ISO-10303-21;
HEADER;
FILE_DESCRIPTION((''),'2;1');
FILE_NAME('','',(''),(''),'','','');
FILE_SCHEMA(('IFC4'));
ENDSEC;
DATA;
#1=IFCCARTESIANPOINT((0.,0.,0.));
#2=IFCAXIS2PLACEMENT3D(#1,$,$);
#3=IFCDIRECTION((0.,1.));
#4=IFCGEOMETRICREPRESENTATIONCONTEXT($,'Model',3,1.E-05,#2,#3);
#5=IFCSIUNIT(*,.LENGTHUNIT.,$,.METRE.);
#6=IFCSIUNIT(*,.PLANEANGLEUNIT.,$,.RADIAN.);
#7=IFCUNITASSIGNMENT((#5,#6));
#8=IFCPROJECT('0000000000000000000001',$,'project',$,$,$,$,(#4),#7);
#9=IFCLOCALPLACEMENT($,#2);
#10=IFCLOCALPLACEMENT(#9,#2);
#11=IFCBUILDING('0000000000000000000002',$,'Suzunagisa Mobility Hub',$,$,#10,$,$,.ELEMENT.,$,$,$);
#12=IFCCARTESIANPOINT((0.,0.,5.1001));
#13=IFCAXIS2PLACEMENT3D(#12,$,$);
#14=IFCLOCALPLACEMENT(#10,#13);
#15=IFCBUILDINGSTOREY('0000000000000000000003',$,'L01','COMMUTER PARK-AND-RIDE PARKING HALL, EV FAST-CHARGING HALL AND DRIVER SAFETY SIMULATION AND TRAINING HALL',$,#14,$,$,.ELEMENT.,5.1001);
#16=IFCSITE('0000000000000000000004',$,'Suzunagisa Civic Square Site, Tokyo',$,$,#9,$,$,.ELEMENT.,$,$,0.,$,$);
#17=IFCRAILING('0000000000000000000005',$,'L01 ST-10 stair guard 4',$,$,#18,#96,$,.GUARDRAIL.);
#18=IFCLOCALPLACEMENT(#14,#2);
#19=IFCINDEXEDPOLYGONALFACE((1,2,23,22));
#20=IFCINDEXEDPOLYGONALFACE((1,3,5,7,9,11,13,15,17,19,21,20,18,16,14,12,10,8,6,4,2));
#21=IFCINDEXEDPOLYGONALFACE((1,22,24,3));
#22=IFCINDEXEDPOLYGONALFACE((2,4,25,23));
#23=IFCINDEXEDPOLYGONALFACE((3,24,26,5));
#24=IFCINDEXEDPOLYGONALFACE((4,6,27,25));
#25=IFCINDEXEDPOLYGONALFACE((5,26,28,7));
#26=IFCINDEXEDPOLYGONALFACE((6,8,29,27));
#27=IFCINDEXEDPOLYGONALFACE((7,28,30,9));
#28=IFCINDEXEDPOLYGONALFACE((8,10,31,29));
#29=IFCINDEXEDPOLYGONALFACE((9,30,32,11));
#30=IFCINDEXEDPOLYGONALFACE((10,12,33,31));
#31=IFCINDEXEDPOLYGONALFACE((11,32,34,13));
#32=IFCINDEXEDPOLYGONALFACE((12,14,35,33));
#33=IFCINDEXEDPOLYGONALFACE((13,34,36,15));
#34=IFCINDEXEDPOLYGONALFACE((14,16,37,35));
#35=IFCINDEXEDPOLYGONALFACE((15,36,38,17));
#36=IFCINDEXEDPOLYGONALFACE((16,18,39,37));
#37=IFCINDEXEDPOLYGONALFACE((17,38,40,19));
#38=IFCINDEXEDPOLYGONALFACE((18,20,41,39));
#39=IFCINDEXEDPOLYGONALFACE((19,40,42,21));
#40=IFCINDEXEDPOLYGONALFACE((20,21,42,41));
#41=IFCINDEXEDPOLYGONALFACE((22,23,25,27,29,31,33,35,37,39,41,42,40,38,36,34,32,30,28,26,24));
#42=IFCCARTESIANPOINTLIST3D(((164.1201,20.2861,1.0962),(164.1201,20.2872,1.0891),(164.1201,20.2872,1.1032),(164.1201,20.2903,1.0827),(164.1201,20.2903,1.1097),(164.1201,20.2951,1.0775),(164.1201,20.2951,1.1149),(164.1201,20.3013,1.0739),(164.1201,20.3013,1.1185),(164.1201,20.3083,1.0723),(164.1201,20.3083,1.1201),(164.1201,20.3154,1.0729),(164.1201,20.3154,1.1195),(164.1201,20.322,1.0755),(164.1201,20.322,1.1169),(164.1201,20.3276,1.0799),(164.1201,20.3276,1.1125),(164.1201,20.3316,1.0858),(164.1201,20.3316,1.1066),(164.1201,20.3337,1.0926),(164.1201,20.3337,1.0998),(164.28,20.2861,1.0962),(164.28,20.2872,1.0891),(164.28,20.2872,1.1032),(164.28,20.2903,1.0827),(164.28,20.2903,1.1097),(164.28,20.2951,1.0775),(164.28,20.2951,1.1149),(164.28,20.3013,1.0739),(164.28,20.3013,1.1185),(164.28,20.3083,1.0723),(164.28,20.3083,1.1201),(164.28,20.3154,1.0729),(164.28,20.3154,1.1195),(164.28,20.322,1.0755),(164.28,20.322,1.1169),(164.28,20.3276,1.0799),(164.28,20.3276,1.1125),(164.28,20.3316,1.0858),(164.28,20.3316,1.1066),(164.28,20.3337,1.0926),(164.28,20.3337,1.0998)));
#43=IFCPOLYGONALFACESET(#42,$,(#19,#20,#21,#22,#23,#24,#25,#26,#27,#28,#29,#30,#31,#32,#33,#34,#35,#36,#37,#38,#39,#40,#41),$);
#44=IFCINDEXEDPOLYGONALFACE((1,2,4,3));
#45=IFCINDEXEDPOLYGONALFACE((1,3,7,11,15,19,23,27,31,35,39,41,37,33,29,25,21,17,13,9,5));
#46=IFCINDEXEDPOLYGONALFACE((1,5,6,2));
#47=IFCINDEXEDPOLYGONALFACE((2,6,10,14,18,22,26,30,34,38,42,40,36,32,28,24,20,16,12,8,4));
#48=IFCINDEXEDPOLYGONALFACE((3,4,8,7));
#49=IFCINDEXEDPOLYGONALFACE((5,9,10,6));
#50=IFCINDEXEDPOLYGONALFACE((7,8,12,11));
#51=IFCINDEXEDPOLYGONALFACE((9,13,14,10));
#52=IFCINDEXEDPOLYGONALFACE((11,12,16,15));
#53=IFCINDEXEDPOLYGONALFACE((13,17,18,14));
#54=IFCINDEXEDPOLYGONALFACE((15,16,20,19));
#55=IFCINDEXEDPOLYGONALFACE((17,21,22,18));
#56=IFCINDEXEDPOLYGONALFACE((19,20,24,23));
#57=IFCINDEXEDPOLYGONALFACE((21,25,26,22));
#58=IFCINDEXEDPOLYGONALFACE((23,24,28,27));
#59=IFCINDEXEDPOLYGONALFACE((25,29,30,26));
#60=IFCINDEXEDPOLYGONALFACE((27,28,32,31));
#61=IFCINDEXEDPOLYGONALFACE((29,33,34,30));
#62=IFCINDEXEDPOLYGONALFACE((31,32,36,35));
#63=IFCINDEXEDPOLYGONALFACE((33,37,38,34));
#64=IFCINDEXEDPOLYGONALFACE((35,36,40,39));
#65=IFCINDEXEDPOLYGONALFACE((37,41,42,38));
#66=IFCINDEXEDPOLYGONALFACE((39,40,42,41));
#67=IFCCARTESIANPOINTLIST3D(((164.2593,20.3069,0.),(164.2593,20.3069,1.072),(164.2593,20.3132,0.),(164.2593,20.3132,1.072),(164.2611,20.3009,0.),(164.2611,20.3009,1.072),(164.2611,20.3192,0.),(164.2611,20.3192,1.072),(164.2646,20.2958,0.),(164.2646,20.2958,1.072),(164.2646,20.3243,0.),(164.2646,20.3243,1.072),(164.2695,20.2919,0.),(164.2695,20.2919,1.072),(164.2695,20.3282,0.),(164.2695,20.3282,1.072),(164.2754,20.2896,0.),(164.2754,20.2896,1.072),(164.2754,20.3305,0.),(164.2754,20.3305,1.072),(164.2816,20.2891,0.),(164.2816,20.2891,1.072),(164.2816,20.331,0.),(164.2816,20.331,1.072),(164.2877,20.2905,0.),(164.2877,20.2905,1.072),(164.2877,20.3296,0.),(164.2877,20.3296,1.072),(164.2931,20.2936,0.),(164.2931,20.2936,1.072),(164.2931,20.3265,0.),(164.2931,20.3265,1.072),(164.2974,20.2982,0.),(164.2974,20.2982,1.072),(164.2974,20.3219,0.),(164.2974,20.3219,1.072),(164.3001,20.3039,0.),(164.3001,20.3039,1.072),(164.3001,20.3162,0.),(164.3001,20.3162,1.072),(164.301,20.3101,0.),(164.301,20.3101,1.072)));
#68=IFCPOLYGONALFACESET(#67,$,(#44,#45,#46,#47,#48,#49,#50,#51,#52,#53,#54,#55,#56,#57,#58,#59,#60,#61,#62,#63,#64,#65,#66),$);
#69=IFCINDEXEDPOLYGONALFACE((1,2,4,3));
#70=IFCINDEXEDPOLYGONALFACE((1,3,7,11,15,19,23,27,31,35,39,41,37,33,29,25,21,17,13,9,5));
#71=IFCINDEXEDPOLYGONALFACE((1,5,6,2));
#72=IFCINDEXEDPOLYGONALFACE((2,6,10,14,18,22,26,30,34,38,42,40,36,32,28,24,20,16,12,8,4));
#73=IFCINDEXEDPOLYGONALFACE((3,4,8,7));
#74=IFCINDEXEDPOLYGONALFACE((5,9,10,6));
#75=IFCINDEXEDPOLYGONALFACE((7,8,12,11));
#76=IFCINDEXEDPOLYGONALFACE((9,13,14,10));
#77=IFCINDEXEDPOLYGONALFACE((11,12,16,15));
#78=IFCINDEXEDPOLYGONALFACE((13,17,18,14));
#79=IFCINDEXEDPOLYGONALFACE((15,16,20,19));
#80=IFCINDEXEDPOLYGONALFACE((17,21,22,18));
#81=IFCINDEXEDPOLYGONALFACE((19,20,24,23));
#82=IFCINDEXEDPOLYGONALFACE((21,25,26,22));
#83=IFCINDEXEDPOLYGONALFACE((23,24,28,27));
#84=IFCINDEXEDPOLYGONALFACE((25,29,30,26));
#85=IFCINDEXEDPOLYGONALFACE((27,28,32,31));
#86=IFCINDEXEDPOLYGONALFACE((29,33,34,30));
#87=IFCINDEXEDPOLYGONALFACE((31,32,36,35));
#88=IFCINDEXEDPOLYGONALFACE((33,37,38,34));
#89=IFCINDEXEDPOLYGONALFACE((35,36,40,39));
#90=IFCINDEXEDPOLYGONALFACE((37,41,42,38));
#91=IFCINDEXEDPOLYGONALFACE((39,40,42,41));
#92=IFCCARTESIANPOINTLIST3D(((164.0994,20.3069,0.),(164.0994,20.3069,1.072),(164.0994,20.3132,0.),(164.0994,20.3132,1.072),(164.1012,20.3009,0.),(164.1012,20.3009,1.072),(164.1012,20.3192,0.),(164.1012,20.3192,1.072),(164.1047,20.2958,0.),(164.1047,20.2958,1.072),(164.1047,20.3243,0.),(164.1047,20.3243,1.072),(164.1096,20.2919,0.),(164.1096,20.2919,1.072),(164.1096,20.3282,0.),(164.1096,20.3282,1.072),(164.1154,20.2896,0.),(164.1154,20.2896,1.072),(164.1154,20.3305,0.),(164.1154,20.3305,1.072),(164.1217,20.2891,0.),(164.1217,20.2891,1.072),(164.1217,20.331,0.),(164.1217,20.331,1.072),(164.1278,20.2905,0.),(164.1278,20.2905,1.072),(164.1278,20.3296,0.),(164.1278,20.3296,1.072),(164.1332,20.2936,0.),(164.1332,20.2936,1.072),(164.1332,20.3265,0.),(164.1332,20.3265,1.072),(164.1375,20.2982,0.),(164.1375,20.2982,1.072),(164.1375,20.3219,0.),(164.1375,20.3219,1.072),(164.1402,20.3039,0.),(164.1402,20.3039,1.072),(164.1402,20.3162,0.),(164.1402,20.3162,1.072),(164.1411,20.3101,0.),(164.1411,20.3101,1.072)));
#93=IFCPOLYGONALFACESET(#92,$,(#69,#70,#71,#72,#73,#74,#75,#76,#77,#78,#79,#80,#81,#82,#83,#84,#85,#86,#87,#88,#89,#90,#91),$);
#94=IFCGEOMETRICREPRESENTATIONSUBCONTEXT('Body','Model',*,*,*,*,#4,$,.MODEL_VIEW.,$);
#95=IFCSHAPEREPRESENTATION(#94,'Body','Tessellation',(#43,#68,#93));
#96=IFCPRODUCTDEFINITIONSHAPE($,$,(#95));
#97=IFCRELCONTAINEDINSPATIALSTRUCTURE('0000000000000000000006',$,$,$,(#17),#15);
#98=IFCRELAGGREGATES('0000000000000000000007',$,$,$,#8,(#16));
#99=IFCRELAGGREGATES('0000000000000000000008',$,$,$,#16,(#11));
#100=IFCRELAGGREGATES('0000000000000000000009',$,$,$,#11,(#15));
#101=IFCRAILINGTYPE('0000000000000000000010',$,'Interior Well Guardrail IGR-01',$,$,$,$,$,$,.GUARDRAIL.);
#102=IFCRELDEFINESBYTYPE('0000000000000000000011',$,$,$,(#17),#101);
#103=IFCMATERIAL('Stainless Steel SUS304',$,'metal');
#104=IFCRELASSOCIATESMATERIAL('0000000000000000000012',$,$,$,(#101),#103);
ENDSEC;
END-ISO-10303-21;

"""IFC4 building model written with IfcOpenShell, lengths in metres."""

from ifc_helpers import new_model, si_unit, direction, frame, origin, origin_2d, place, context, subcontext, project, spatial, circle, extrude, material, type_object, element, save


model = new_model("IFC4")

# Units and contexts
model_context = context("Model", 3, precision=1e-05, world=origin(), true_north=direction((0.0, 1.0)))
body_context = subcontext(model_context, "Body", "Model", "MODEL_VIEW")
ifc_project = project(units=[si_unit("LENGTHUNIT", "METRE"), si_unit("PLANEANGLEUNIT", "RADIAN")], contexts=[model_context])

# Site, building, storey
site_placement = place(None, origin())
site = spatial("IfcSite", under=ifc_project, at=site_placement, Name="Suzunagisa Civic Square Site, Tokyo", CompositionType="ELEMENT", RefElevation=0.0)
building_placement = place(site_placement, origin())
building = spatial("IfcBuilding", under=site, at=building_placement, Name="Suzunagisa Mobility Hub", CompositionType="ELEMENT")
storey_placement = place(building_placement, frame((0.0, 0.0, 5.1001)))
storey = spatial("IfcBuildingStorey", under=building, at=storey_placement, Name="L01", Description="COMMUTER PARK-AND-RIDE PARKING HALL, EV FAST-CHARGING HALL AND DRIVER SAFETY SIMULATION AND TRAINING HALL", CompositionType="ELEMENT", Elevation=5.1001)

# Railing
ifc_material_1 = material(Name="Stainless Steel SUS304", Category="metal")
railing_type_1 = type_object("IfcRailingType", Name="Interior Well Guardrail IGR-01", PredefinedType="GUARDRAIL", material=ifc_material_1)
railing_1_placement = place(storey_placement, frame((164.28, 20.3101, 0.0)))
element("IfcRailing", 1, at=railing_1_placement, inside=storey, type_object=railing_type_1, Name="L01 ST-10 stair guard 4", PredefinedType="GUARDRAIL", context=body_context, shape_type="SweptSolid", body=[
    extrude(circle(Radius=0.0239, at=origin_2d()), frame((0.0, 0.0, 1.0962), z_axis=(-1.0, 0.0, 0.0), x_axis=(0.0, -1.0, 0.0)), (0.0, 0.0, 1.0), 0.1599),
    extrude(circle(Radius=0.021, at=origin_2d()), origin(), (0.0, 0.0, 1.0), 1.072),
    extrude(circle(Radius=0.021, at=origin_2d()), frame((-0.1599, 0.0, 0.0)), (0.0, 0.0, 1.0), 1.072),
])

save(model, "model.ifc")
